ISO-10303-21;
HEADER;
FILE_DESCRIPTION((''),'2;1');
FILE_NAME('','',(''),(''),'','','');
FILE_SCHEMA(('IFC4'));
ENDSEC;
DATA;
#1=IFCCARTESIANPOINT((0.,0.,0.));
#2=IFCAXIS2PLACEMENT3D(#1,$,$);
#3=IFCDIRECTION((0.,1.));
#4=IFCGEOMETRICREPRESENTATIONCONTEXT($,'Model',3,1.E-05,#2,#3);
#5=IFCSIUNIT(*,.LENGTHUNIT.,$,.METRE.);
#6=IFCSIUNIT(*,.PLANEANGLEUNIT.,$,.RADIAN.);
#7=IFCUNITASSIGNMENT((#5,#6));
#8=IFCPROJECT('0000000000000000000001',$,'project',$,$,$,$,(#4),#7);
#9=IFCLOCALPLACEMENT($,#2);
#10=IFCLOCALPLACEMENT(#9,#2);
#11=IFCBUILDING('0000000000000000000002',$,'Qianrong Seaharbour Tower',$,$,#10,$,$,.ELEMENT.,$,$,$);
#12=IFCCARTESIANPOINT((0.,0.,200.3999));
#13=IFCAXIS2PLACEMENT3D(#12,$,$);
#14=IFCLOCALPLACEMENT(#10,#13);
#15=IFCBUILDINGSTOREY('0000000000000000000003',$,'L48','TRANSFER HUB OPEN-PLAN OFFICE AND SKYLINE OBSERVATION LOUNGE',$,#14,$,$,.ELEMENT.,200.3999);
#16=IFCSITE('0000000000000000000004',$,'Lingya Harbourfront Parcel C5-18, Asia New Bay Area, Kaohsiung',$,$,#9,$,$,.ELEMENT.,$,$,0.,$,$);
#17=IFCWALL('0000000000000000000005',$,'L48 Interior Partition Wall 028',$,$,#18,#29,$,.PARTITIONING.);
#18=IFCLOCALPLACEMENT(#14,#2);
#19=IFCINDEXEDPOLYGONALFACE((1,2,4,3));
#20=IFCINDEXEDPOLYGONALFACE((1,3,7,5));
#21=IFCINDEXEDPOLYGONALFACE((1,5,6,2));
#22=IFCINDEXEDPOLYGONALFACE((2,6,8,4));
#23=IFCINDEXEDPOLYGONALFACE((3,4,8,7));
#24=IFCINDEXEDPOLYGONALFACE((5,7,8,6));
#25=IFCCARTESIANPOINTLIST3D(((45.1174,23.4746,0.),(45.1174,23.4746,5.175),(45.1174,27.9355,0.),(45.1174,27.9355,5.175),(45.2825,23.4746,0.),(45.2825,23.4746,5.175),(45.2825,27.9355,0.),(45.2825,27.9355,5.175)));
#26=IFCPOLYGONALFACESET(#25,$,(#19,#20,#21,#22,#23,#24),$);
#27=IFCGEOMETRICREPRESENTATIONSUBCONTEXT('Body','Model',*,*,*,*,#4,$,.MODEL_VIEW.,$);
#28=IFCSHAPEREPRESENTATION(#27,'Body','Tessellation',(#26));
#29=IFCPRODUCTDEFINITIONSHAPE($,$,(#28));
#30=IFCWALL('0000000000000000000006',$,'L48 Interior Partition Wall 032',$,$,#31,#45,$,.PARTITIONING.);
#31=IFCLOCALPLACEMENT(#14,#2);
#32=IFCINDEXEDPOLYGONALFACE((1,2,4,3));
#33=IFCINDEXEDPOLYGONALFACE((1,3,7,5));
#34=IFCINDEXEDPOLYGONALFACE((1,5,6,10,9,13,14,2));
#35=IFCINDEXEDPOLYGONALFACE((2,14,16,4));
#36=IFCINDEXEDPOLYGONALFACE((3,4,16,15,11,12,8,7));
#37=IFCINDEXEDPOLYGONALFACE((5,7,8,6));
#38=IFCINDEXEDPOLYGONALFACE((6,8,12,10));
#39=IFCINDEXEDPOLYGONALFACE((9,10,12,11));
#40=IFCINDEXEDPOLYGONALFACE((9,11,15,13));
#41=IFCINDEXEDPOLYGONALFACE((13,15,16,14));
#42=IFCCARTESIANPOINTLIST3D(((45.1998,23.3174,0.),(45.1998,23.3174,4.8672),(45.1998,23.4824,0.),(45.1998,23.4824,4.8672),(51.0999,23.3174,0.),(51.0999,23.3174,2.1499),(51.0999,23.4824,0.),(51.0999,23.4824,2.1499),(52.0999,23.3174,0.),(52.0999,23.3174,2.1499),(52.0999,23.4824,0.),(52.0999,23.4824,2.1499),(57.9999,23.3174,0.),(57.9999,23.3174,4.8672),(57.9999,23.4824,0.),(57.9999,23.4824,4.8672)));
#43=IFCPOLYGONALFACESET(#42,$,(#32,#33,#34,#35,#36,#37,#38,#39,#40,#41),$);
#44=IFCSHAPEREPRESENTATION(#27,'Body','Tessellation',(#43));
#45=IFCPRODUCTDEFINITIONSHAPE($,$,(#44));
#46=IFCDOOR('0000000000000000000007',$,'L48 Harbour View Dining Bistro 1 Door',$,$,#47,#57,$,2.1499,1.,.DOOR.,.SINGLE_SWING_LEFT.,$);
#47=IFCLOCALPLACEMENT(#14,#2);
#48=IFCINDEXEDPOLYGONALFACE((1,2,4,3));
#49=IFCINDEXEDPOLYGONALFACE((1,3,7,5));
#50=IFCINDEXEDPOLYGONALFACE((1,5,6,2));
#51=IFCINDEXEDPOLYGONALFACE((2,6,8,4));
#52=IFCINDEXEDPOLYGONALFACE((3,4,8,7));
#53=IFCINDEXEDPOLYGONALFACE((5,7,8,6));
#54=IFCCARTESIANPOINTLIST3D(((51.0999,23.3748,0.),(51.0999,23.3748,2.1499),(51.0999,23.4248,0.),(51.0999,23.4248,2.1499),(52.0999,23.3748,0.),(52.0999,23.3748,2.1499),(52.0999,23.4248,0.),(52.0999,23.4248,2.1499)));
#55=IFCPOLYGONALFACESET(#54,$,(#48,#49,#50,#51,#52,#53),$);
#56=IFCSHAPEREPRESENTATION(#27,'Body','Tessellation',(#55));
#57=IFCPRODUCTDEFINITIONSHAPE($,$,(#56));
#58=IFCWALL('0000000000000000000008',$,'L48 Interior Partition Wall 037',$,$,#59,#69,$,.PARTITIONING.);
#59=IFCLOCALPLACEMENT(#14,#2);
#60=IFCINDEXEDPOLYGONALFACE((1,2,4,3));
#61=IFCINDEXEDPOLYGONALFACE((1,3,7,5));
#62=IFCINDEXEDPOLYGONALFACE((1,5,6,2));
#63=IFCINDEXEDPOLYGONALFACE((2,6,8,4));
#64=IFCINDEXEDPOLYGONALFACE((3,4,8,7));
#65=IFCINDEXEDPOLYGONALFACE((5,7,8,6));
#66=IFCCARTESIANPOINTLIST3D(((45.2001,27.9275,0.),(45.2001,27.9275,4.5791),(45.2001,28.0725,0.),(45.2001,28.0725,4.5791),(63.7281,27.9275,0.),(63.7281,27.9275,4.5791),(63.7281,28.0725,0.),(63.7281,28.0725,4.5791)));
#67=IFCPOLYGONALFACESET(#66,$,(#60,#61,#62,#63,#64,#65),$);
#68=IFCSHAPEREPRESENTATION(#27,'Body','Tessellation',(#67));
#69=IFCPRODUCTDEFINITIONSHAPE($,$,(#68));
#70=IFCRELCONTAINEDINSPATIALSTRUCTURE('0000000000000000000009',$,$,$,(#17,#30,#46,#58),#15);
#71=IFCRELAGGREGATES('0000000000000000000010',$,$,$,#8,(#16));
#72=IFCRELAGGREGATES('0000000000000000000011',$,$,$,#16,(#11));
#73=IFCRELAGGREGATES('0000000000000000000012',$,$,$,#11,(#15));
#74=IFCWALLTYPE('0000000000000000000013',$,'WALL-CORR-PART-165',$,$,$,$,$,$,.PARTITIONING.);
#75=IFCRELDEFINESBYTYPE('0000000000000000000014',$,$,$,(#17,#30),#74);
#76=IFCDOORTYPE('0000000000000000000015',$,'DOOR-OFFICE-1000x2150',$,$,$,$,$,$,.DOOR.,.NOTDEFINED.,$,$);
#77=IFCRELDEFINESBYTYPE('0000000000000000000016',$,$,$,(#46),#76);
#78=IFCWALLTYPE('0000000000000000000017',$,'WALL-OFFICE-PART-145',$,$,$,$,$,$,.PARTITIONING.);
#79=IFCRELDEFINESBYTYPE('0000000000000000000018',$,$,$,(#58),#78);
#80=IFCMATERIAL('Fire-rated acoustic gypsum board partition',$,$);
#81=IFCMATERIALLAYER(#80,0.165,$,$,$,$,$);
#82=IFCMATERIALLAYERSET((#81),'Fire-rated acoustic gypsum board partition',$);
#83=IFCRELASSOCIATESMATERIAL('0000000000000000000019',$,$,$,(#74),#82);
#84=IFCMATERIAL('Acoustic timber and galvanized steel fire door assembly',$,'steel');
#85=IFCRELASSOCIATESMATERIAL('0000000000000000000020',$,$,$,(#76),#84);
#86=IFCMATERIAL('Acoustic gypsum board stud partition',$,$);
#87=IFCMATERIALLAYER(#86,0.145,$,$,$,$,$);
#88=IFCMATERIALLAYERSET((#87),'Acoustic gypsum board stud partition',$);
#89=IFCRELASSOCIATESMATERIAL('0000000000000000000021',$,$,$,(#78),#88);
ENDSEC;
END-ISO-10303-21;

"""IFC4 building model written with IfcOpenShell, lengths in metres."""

from ifc_helpers import new_model, si_unit, direction, frame, frame_2d, origin, place, context, subcontext, project, spatial, rectangle, extrude, material, layer, layer_set, type_object, element, fill, save


model = new_model("IFC4")

# Units and contexts
model_context = context("Model", 3, precision=1e-05, world=origin(), true_north=direction((0.0, 1.0)))
body_context = subcontext(model_context, "Body", "Model", "MODEL_VIEW")
ifc_project = project(units=[si_unit("LENGTHUNIT", "METRE"), si_unit("PLANEANGLEUNIT", "RADIAN")], contexts=[model_context])

# Site, building, storey
site_placement = place(None, origin())
site = spatial("IfcSite", under=ifc_project, at=site_placement, Name="Lingya Harbourfront Parcel C5-18, Asia New Bay Area, Kaohsiung", CompositionType="ELEMENT", RefElevation=0.0)
building_placement = place(site_placement, origin())
building = spatial("IfcBuilding", under=site, at=building_placement, Name="Qianrong Seaharbour Tower", CompositionType="ELEMENT")
storey_placement = place(building_placement, frame((0.0, 0.0, 200.3999)))
storey = spatial("IfcBuildingStorey", under=building, at=storey_placement, Name="L48", Description="TRANSFER HUB OPEN-PLAN OFFICE AND SKYLINE OBSERVATION LOUNGE", CompositionType="ELEMENT", Elevation=200.3999)

# Wall
ifc_material_1 = material(Name="Fire-rated acoustic gypsum board partition")
ifc_layer_1 = layer(ifc_material_1, 0.165)
ifc_layer_set_1 = layer_set([ifc_layer_1], Name="Fire-rated acoustic gypsum board partition")
wall_type_1 = type_object("IfcWallType", Name="WALL-CORR-PART-165", PredefinedType="PARTITIONING", material=ifc_layer_set_1)
wall_1_placement = place(storey_placement, frame((45.2, 27.9355, 0.0), z_axis=(0.0, 0.0, 1.0), x_axis=(0.0, -1.0, 0.0)))
element("IfcWall", 1, at=wall_1_placement, inside=storey, type_object=wall_type_1, Name="L48 Interior Partition Wall 028", PredefinedType="PARTITIONING", context=body_context, shape_type="SweptSolid", body=[
    extrude(rectangle(XDim=4.4609, YDim=0.165, at=frame_2d((2.2305, 0.0))), origin(), (0.0, 0.0, 1.0), 5.175),
])

# Wall, opening, door
wall_2_placement = place(storey_placement, frame((45.2, 23.3999, 0.0), z_axis=(0.0, 0.0, 1.0), x_axis=(1.0, 0.0, 0.0)))
wall_2 = element("IfcWall", 2, at=wall_2_placement, inside=storey, type_object=wall_type_1, Name="L48 Interior Partition Wall 032", PredefinedType="PARTITIONING", context=body_context, shape_type="SweptSolid", body=[
    extrude(rectangle(XDim=12.8, YDim=0.165, at=frame_2d((6.3999, 0.0))), origin(), (0.0, 0.0, 1.0), 4.8672),
])
opening_placement = place(wall_2_placement, frame((5.8999, 0.0, 0.0)))
opening = element("IfcOpeningElement", 3, at=opening_placement, cuts=wall_2, PredefinedType="OPENING", context=body_context, shape_type="SweptSolid", body=[
    extrude(rectangle(XDim=1.0, YDim=2.1499, at=frame_2d((0.5, 1.075))), frame((0.0, 0.0925, 0.0), z_axis=(0.0, -1.0, 0.0), x_axis=(1.0, 0.0, 0.0)), (0.0, 0.0, 1.0), 0.1851),
])
ifc_material_2 = material(Name="Acoustic timber and galvanized steel fire door assembly", Category="steel")
door_type = type_object("IfcDoorType", Name="DOOR-OFFICE-1000x2150", OperationType="NOTDEFINED", PredefinedType="DOOR", material=ifc_material_2)
door_placement = place(opening_placement, origin())
door = element("IfcDoor", 4, at=door_placement, inside=storey, type_object=door_type, Name="L48 Harbour View Dining Bistro 1 Door", OperationType="SINGLE_SWING_LEFT", OverallHeight=2.1499, OverallWidth=1.0, PredefinedType="DOOR", context=body_context, shape_type="SweptSolid", body=[
    extrude(rectangle(XDim=1.0, YDim=2.1499, at=frame_2d((0.5, 1.075))), frame((0.0, 0.0249, 0.0), z_axis=(0.0, -1.0, 0.0), x_axis=(1.0, 0.0, 0.0)), (0.0, 0.0, 1.0), 0.05),
])
fill(opening, door)

# Wall
ifc_material_3 = material(Name="Acoustic gypsum board stud partition")
ifc_layer_2 = layer(ifc_material_3, 0.145)
ifc_layer_set_2 = layer_set([ifc_layer_2], Name="Acoustic gypsum board stud partition")
wall_type_2 = type_object("IfcWallType", Name="WALL-OFFICE-PART-145", PredefinedType="PARTITIONING", material=ifc_layer_set_2)
wall_3_placement = place(storey_placement, frame((45.2, 28.0, 0.0), z_axis=(0.0, 0.0, 1.0), x_axis=(1.0, 0.0, 0.0)))
element("IfcWall", 5, at=wall_3_placement, inside=storey, type_object=wall_type_2, Name="L48 Interior Partition Wall 037", PredefinedType="PARTITIONING", context=body_context, shape_type="SweptSolid", body=[
    extrude(rectangle(XDim=18.5281, YDim=0.145, at=frame_2d((9.2642, 0.0))), origin(), (0.0, 0.0, 1.0), 4.5791),
])

save(model, "model.ifc")
